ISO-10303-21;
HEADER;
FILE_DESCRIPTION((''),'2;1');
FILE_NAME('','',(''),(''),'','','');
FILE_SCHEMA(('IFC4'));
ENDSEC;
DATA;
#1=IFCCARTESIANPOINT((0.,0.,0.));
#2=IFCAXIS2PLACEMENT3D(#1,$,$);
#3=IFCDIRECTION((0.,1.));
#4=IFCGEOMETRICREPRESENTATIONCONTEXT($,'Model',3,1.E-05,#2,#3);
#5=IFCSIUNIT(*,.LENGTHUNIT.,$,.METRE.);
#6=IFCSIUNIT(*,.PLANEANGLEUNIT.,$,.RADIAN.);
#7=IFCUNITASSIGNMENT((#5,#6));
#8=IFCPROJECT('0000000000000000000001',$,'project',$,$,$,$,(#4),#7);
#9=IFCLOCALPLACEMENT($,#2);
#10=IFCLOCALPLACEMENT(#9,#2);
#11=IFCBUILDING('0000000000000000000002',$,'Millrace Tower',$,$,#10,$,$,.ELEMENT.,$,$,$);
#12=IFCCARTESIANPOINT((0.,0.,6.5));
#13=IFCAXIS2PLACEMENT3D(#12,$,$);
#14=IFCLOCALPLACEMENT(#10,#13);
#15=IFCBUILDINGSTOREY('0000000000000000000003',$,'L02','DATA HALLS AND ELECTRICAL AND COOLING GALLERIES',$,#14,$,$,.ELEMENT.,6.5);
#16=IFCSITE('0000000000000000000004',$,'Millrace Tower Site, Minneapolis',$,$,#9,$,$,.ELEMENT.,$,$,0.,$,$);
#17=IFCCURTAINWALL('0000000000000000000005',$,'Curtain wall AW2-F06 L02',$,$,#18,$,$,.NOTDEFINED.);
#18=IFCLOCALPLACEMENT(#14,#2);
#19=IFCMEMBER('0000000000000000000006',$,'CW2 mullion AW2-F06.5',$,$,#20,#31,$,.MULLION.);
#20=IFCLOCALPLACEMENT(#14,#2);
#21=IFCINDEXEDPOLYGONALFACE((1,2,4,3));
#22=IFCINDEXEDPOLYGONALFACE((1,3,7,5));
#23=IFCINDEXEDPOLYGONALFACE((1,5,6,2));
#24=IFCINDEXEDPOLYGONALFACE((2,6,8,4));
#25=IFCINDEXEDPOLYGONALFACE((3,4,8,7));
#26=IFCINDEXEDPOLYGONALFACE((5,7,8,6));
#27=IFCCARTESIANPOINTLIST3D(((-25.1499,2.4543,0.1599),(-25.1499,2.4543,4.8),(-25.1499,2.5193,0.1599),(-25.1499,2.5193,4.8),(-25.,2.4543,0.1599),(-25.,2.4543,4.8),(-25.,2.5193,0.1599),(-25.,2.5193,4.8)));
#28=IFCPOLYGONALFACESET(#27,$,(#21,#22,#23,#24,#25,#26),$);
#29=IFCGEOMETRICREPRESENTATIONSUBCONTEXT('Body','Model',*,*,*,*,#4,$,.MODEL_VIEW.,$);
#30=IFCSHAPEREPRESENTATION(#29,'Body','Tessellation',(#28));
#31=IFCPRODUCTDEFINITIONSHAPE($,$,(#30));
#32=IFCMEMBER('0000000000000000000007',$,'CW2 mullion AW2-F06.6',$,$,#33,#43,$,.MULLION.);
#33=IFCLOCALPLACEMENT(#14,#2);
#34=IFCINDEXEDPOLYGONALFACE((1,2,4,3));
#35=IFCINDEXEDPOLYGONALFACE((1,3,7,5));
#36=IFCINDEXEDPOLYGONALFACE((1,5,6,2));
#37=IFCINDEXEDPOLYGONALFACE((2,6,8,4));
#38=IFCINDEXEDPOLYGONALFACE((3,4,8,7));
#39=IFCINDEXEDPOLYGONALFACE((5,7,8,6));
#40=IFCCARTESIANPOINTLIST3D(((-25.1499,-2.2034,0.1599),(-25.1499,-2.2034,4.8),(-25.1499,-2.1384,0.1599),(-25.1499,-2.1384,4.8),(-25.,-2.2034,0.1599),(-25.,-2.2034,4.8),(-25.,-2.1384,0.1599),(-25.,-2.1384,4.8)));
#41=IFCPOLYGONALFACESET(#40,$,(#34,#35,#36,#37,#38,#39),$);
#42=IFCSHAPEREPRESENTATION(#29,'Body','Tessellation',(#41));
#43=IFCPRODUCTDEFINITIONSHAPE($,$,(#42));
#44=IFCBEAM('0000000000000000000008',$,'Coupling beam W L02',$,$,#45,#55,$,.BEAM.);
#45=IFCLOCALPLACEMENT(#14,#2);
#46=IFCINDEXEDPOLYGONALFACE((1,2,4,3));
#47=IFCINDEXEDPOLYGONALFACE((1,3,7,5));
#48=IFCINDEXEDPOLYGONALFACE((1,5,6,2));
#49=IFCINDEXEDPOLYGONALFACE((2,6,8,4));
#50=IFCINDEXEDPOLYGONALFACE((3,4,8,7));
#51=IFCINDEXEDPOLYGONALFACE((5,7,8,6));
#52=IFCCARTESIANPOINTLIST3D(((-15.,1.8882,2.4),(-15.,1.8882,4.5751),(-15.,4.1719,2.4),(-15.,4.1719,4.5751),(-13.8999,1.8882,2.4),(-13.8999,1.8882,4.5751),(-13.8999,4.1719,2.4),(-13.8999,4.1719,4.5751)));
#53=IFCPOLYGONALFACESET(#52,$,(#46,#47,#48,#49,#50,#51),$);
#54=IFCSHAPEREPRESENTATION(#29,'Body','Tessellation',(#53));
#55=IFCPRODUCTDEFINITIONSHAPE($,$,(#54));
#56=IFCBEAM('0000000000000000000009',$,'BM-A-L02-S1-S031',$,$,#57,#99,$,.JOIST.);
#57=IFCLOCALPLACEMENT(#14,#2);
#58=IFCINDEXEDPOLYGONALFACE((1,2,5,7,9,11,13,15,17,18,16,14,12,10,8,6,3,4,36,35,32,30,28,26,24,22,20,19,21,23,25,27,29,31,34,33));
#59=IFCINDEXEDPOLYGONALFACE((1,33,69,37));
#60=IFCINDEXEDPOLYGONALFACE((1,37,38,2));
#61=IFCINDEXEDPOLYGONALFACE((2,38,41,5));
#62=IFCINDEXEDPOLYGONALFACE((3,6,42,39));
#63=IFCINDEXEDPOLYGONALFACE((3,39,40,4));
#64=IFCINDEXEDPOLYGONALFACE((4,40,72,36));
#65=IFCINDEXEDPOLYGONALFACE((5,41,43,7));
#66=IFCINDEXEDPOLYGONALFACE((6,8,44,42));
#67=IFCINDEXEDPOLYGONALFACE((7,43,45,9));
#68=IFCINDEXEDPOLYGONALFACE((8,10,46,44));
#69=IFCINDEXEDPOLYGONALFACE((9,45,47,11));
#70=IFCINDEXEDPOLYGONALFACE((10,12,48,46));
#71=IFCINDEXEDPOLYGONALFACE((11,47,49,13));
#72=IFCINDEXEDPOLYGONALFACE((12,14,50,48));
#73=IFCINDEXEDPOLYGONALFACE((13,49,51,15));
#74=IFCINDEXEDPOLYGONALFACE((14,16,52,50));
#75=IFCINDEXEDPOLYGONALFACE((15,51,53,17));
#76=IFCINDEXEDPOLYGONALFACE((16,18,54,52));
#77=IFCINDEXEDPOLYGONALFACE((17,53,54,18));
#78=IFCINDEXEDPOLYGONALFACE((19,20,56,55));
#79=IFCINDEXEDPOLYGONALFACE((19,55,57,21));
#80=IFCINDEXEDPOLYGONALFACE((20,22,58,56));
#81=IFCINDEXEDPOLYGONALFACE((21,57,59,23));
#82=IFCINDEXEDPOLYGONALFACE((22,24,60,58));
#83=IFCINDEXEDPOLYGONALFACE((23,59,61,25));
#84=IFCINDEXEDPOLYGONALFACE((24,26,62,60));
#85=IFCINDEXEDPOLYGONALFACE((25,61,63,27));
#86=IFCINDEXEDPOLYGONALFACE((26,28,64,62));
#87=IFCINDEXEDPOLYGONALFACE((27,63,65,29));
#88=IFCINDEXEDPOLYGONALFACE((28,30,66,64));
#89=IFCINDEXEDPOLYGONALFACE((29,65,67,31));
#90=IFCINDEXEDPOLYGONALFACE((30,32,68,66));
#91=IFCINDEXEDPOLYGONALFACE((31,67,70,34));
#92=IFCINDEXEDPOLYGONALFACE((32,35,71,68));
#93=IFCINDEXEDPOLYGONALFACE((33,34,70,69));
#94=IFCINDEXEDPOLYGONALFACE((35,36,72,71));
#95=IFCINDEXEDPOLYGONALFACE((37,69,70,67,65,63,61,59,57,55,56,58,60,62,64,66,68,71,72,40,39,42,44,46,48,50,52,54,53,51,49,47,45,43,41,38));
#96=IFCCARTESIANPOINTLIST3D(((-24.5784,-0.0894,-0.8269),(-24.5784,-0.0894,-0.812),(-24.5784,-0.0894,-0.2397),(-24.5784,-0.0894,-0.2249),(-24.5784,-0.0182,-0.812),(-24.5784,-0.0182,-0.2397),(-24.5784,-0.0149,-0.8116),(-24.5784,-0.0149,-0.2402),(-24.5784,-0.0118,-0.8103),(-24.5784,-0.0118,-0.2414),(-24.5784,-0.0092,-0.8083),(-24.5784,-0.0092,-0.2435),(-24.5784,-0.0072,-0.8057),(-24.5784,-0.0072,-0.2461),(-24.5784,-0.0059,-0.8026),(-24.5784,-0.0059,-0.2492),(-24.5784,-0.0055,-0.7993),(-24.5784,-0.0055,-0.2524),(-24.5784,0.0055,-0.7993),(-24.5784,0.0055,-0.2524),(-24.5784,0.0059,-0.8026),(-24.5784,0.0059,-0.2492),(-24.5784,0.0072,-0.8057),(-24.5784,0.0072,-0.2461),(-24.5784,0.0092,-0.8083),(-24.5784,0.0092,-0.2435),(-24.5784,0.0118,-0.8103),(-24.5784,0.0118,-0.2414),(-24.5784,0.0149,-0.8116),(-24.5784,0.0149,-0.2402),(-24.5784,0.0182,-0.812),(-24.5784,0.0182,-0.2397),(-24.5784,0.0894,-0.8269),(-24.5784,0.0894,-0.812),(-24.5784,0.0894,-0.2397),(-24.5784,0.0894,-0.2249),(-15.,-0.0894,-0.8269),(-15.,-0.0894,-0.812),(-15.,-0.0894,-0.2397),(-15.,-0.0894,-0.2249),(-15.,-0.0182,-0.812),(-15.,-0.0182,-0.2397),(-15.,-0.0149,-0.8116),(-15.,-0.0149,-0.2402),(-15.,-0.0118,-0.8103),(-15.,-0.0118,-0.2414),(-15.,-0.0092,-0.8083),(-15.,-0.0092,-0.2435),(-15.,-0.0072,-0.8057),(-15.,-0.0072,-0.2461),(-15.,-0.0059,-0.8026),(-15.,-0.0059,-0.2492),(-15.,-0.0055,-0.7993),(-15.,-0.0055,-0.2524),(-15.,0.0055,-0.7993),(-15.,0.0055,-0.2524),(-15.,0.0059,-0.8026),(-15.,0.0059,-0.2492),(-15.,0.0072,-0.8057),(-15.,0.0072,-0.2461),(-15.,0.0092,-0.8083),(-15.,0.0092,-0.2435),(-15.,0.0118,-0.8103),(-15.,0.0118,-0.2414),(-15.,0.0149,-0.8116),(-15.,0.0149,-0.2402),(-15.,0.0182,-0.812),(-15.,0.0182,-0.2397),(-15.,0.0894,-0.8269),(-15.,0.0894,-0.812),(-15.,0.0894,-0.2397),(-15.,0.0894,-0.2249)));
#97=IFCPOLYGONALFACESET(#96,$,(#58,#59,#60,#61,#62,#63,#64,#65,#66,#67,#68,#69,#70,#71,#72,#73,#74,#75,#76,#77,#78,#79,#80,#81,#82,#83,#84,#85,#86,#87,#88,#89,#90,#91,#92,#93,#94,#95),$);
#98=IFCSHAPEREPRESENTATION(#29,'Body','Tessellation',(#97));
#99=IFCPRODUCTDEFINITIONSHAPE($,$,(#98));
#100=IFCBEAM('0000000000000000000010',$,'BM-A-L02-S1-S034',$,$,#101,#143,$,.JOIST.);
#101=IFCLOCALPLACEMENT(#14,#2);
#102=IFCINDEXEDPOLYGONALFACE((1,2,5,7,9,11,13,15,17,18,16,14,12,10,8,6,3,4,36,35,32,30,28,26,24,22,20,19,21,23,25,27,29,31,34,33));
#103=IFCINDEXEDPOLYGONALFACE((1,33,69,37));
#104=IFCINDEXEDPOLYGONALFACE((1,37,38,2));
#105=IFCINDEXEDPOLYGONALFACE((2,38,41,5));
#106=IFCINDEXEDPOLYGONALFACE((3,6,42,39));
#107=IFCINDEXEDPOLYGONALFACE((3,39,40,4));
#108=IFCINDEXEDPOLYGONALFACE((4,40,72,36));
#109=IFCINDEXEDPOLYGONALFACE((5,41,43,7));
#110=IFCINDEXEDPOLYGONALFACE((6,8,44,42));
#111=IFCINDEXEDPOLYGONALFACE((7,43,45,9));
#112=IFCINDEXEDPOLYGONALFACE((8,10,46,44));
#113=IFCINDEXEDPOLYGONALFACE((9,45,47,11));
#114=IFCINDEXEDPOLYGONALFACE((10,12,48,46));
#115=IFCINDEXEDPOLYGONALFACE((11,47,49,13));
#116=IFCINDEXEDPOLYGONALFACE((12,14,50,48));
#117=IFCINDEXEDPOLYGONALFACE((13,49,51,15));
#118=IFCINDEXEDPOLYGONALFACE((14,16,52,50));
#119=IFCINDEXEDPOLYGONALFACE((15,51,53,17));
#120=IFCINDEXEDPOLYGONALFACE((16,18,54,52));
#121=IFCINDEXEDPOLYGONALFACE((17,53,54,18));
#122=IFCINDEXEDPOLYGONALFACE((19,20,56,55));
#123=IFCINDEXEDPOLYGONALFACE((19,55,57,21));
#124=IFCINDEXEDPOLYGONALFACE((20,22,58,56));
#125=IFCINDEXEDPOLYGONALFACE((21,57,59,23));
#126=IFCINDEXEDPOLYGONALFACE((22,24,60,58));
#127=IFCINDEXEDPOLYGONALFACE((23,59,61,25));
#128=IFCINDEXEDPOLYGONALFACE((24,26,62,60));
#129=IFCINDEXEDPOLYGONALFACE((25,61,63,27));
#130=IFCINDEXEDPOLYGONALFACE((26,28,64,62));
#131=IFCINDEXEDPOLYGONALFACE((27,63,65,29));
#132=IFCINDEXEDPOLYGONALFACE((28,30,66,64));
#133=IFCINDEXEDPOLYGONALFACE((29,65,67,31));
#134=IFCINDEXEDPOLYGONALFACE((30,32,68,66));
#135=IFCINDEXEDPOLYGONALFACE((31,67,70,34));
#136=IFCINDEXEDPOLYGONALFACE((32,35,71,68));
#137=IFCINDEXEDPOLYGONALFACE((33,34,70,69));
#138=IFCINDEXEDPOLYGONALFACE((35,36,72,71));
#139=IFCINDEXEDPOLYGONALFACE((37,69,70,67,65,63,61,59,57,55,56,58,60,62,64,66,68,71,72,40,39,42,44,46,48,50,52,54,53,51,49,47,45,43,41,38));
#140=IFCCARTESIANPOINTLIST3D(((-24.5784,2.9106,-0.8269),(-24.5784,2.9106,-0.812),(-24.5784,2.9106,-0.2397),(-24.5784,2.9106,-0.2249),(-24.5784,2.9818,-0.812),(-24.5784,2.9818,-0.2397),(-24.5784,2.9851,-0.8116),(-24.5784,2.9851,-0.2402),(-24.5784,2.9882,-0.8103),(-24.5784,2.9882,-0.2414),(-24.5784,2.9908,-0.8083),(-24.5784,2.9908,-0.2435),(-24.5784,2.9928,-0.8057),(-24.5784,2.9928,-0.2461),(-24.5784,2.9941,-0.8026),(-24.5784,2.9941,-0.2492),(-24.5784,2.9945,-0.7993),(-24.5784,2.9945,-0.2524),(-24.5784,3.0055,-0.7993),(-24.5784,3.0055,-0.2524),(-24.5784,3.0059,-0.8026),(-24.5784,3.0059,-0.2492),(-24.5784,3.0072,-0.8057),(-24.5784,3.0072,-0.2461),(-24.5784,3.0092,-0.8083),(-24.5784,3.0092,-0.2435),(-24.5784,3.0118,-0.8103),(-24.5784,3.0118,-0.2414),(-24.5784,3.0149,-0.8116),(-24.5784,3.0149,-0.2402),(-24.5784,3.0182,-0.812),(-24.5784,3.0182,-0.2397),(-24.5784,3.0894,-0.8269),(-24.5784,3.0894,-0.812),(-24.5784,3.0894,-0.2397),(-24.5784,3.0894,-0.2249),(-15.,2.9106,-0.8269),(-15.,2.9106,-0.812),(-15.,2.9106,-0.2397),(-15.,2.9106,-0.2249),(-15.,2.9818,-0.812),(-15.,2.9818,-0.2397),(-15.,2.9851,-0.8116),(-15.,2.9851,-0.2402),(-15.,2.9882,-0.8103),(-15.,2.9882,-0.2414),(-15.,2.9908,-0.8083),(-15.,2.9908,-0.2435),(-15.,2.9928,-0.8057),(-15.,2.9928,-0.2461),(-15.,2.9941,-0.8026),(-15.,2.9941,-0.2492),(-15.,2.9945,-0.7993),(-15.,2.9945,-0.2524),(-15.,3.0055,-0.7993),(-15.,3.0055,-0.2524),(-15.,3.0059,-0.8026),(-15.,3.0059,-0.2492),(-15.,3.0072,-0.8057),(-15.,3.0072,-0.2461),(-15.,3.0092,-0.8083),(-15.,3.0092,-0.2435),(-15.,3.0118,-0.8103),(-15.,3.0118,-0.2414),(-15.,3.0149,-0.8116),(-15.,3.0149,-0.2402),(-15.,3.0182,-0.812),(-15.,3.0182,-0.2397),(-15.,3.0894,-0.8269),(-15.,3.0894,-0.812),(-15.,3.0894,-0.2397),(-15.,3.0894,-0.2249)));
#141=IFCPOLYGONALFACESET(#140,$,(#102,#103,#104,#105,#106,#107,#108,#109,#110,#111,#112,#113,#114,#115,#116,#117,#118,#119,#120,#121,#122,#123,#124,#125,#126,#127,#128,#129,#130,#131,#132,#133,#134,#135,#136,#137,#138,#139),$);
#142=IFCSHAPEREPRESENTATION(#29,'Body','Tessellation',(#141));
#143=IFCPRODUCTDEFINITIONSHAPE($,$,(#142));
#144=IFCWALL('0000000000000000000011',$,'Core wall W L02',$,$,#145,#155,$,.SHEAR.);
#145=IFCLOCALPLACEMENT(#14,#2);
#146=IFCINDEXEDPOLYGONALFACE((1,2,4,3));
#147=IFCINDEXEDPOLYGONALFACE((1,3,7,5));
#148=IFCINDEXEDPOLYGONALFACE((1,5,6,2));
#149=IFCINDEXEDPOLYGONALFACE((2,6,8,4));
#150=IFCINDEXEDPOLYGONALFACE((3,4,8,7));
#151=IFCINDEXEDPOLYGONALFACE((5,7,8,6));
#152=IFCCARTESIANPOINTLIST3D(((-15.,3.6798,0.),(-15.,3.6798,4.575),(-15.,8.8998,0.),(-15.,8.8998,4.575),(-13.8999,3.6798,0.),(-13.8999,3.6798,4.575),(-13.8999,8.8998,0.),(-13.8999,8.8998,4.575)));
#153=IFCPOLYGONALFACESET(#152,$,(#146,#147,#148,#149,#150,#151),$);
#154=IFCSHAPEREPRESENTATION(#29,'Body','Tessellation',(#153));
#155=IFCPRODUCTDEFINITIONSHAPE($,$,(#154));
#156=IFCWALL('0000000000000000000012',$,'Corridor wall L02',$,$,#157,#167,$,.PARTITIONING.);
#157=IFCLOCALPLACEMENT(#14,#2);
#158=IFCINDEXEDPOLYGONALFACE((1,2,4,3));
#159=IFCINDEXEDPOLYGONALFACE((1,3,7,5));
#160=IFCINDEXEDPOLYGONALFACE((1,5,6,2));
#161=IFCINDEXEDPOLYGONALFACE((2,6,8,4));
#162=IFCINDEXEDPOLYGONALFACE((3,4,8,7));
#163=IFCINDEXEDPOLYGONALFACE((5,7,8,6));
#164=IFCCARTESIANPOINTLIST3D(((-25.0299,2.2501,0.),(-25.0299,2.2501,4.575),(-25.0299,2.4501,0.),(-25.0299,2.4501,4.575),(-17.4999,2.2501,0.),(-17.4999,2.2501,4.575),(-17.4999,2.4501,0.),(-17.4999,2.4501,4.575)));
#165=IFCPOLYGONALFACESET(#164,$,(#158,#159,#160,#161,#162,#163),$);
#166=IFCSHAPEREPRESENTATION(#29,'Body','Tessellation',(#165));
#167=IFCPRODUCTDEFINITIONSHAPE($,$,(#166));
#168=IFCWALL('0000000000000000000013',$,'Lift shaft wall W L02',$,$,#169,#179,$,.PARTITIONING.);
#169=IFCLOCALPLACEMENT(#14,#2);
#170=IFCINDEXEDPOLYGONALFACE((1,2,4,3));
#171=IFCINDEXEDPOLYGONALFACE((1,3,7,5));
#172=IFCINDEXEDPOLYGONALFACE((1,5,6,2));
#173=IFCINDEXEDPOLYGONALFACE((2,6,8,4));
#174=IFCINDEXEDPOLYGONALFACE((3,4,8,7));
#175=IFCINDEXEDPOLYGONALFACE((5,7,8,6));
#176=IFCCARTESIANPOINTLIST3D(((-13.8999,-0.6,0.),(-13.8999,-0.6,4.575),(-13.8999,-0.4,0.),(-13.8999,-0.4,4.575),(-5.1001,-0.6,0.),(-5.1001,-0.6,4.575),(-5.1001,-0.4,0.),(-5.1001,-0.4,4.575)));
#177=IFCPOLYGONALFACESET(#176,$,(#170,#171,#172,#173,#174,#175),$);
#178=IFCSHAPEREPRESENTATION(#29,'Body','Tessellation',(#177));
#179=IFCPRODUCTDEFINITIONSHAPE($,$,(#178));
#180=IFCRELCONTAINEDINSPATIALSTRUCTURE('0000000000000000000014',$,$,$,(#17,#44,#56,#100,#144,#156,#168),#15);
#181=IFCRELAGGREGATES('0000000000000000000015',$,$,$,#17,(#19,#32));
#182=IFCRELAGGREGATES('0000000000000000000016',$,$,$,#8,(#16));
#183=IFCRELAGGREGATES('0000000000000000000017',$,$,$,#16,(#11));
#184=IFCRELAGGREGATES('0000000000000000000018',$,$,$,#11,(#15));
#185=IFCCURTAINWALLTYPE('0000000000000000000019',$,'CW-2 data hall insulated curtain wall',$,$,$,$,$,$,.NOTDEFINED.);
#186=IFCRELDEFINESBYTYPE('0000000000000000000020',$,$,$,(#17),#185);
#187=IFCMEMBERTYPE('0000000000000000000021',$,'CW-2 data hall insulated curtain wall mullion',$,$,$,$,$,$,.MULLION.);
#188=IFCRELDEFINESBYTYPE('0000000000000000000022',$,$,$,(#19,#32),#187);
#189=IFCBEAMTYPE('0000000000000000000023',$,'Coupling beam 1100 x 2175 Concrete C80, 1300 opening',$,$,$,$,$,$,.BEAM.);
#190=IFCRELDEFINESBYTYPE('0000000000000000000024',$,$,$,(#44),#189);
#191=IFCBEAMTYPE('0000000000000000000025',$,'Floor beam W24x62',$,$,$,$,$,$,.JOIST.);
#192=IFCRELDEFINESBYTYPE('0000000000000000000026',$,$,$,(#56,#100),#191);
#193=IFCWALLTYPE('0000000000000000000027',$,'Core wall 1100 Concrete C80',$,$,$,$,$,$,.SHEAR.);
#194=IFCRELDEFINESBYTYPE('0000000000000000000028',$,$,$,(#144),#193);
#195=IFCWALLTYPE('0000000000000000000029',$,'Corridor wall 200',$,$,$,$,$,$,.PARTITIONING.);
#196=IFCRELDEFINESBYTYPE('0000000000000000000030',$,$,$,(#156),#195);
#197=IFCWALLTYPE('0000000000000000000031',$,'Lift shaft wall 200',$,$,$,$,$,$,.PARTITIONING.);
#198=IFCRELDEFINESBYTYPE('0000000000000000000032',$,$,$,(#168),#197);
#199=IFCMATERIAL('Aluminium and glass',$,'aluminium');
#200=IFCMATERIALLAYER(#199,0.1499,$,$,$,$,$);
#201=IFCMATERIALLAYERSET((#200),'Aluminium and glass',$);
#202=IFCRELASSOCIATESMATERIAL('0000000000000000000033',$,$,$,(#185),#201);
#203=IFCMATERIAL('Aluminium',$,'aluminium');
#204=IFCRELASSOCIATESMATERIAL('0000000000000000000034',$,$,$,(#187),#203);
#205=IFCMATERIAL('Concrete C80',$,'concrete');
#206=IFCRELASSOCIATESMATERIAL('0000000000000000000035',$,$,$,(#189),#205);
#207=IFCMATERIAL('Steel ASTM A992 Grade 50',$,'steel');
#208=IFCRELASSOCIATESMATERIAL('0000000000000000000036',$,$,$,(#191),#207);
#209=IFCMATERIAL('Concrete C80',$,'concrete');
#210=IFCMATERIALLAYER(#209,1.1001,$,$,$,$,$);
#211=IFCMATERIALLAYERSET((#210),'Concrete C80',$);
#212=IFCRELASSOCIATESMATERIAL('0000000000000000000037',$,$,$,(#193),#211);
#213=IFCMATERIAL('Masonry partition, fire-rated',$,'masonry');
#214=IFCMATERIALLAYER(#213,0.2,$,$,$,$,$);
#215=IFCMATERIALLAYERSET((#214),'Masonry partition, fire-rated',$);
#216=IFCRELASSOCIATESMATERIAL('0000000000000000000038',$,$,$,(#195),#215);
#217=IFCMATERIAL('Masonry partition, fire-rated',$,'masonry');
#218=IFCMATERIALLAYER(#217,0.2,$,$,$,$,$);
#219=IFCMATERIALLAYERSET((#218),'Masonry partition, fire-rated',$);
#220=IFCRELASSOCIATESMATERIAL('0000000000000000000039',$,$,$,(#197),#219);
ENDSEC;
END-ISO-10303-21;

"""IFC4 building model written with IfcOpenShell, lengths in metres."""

from ifc_helpers import new_model, si_unit, direction, frame, frame_2d, origin, origin_2d, place, context, subcontext, project, spatial, rectangle, i_section, extrude, material, layer, layer_set, material_profile, profile_set, type_object, element, aggregate, save


model = new_model("IFC4")

# Units and contexts
model_context = context("Model", 3, precision=1e-05, world=origin(), true_north=direction((0.0, 1.0)))
body_context = subcontext(model_context, "Body", "Model", "MODEL_VIEW")
ifc_project = project(units=[si_unit("LENGTHUNIT", "METRE"), si_unit("PLANEANGLEUNIT", "RADIAN")], contexts=[model_context])

# Site, building, storey
site_placement = place(None, origin())
site = spatial("IfcSite", under=ifc_project, at=site_placement, Name="Millrace Tower Site, Minneapolis", CompositionType="ELEMENT", RefElevation=0.0)
building_placement = place(site_placement, origin())
building = spatial("IfcBuilding", under=site, at=building_placement, Name="Millrace Tower", CompositionType="ELEMENT")
storey_placement = place(building_placement, frame((0.0, 0.0, 6.5)))
storey = spatial("IfcBuildingStorey", under=building, at=storey_placement, Name="L02", Description="DATA HALLS AND ELECTRICAL AND COOLING GALLERIES", CompositionType="ELEMENT", Elevation=6.5)

# Curtain wall, members
ifc_material_1 = material(Name="Aluminium and glass", Category="aluminium")
ifc_layer_1 = layer(ifc_material_1, 0.1499)
ifc_layer_set_1 = layer_set([ifc_layer_1], Name="Aluminium and glass")
curtain_wall_type = type_object("IfcCurtainWallType", Name="CW-2 data hall insulated curtain wall", PredefinedType="NOTDEFINED", material=ifc_layer_set_1)
placement = place(storey_placement, origin())
curtain_wall = element("IfcCurtainWall", 1, at=placement, inside=storey, type_object=curtain_wall_type, Name="Curtain wall AW2-F06 L02", PredefinedType="NOTDEFINED")
ifc_material_2 = material(Name="Aluminium", Category="aluminium")
ifc_material_profile_1 = material_profile(ifc_material_2, rectangle(XDim=0.0649, YDim=0.1499, at=origin_2d()))
ifc_profile_set_1 = profile_set([ifc_material_profile_1], Name="Aluminium")
member_type = type_object("IfcMemberType", Name="CW-2 data hall insulated curtain wall mullion", PredefinedType="MULLION", material=ifc_profile_set_1)
member_1_placement = place(storey_placement, frame((-25.075, 2.4868, 0.1599), z_axis=(0.0, 0.0, 1.0), x_axis=(0.0, -1.0, 0.0)))
member_1 = element("IfcMember", 2, at=member_1_placement, type_object=member_type, Name="CW2 mullion AW2-F06.5", PredefinedType="MULLION", context=body_context, shape_type="SweptSolid", body=[
    extrude(rectangle(XDim=0.0649, YDim=0.1499, at=origin_2d()), origin(), (0.0, 0.0, 1.0), 4.6401),
])
member_2_placement = place(storey_placement, frame((-25.075, -2.1709, 0.1599), z_axis=(0.0, 0.0, 1.0), x_axis=(0.0, -1.0, 0.0)))
member_2 = element("IfcMember", 3, at=member_2_placement, type_object=member_type, Name="CW2 mullion AW2-F06.6", PredefinedType="MULLION", context=body_context, shape_type="SweptSolid", body=[
    extrude(rectangle(XDim=0.0649, YDim=0.1499, at=origin_2d()), origin(), (0.0, 0.0, 1.0), 4.6401),
])
aggregate(curtain_wall, [member_1, member_2])

# Beams
ifc_material_3 = material(Name="Concrete C80", Category="concrete")
ifc_material_profile_2 = material_profile(ifc_material_3, rectangle(XDim=1.1001, YDim=2.175, at=origin_2d()))
ifc_profile_set_2 = profile_set([ifc_material_profile_2], Name="Concrete C80")
beam_type_1 = type_object("IfcBeamType", Name="Coupling beam 1100 x 2175 Concrete C80, 1300 opening", PredefinedType="BEAM", material=ifc_profile_set_2)
beam_placement = place(storey_placement, frame((-14.45, 1.8882, 3.4875), z_axis=(0.0, 1.0, 0.0), x_axis=(-1.0, 0.0, 0.0)))
element("IfcBeam", 4, at=beam_placement, inside=storey, type_object=beam_type_1, Name="Coupling beam W L02", PredefinedType="BEAM", context=body_context, shape_type="SweptSolid", body=[
    extrude(rectangle(XDim=1.1001, YDim=2.175, at=origin_2d()), origin(), (0.0, 0.0, 1.0), 2.2837),
])
ifc_material_4 = material(Name="Steel ASTM A992 Grade 50", Category="steel")
ifc_material_profile_3 = material_profile(ifc_material_4, i_section(OverallWidth=0.1787, OverallDepth=0.6021, WebThickness=0.011, FlangeThickness=0.0149, FilletRadius=0.0127, at=origin_2d()))
ifc_profile_set_3 = profile_set([ifc_material_profile_3], Name="Steel ASTM A992 Grade 50")
beam_type_2 = type_object("IfcBeamType", Name="Floor beam W24x62", PredefinedType="JOIST", material=ifc_profile_set_3)
for number, where, z_axis, x_axis, name in (
    (5, (-24.5784, 0.0, -0.5259), (1.0, 0.0, 0.0), (0.0, 1.0, 0.0), "BM-A-L02-S1-S031"),
    (6, (-24.5784, 3.0, -0.5259), (1.0, 0.0, 0.0), (0.0, 1.0, 0.0), "BM-A-L02-S1-S034"),
):
    element("IfcBeam", number, at=place(storey_placement, frame(where, z_axis=z_axis, x_axis=x_axis)), inside=storey, type_object=beam_type_2, Name=name, PredefinedType="JOIST", context=body_context, shape_type="SweptSolid", body=[
        extrude(i_section(OverallWidth=0.1787, OverallDepth=0.6021, WebThickness=0.011, FlangeThickness=0.0149, FilletRadius=0.0127, at=origin_2d()), origin(), (0.0, 0.0, 1.0), 9.5784),
    ])

# Walls
ifc_material_5 = material(Name="Concrete C80", Category="concrete")
ifc_layer_2 = layer(ifc_material_5, 1.1001)
ifc_layer_set_2 = layer_set([ifc_layer_2], Name="Concrete C80")
wall_type_1 = type_object("IfcWallType", Name="Core wall 1100 Concrete C80", PredefinedType="SHEAR", material=ifc_layer_set_2)
wall_1_placement = place(storey_placement, frame((-14.45, 3.6799, 0.0), z_axis=(0.0, 0.0, 1.0), x_axis=(0.0, 1.0, 0.0)))
element("IfcWall", 7, at=wall_1_placement, inside=storey, type_object=wall_type_1, Name="Core wall W L02", PredefinedType="SHEAR", context=body_context, shape_type="SweptSolid", body=[
    extrude(rectangle(XDim=5.22, YDim=1.1001, at=frame_2d((2.6099, 0.0))), origin(), (0.0, 0.0, 1.0), 4.575),
])
ifc_material_6 = material(Name="Masonry partition, fire-rated", Category="masonry")
ifc_layer_3 = layer(ifc_material_6, 0.2)
ifc_layer_set_3 = layer_set([ifc_layer_3], Name="Masonry partition, fire-rated")
wall_type_2 = type_object("IfcWallType", Name="Corridor wall 200", PredefinedType="PARTITIONING", material=ifc_layer_set_3)
wall_2_placement = place(storey_placement, frame((-25.03, 2.3501, 0.0), z_axis=(0.0, 0.0, 1.0), x_axis=(1.0, 0.0, 0.0)))
element("IfcWall", 8, at=wall_2_placement, inside=storey, type_object=wall_type_2, Name="Corridor wall L02", PredefinedType="PARTITIONING", context=body_context, shape_type="SweptSolid", body=[
    extrude(rectangle(XDim=7.53, YDim=0.2, at=frame_2d((3.7651, 0.0))), origin(), (0.0, 0.0, 1.0), 4.575),
])
ifc_material_7 = material(Name="Masonry partition, fire-rated", Category="masonry")
ifc_layer_4 = layer(ifc_material_7, 0.2)
ifc_layer_set_4 = layer_set([ifc_layer_4], Name="Masonry partition, fire-rated")
wall_type_3 = type_object("IfcWallType", Name="Lift shaft wall 200", PredefinedType="PARTITIONING", material=ifc_layer_set_4)
wall_3_placement = place(storey_placement, frame((-13.8999, -0.5, 0.0), z_axis=(0.0, 0.0, 1.0), x_axis=(1.0, 0.0, 0.0)))
element("IfcWall", 9, at=wall_3_placement, inside=storey, type_object=wall_type_3, Name="Lift shaft wall W L02", PredefinedType="PARTITIONING", context=body_context, shape_type="SweptSolid", body=[
    extrude(rectangle(XDim=8.7998, YDim=0.2, at=frame_2d((4.3999, 0.0))), origin(), (0.0, 0.0, 1.0), 4.575),
])

save(model, "model.ifc")
